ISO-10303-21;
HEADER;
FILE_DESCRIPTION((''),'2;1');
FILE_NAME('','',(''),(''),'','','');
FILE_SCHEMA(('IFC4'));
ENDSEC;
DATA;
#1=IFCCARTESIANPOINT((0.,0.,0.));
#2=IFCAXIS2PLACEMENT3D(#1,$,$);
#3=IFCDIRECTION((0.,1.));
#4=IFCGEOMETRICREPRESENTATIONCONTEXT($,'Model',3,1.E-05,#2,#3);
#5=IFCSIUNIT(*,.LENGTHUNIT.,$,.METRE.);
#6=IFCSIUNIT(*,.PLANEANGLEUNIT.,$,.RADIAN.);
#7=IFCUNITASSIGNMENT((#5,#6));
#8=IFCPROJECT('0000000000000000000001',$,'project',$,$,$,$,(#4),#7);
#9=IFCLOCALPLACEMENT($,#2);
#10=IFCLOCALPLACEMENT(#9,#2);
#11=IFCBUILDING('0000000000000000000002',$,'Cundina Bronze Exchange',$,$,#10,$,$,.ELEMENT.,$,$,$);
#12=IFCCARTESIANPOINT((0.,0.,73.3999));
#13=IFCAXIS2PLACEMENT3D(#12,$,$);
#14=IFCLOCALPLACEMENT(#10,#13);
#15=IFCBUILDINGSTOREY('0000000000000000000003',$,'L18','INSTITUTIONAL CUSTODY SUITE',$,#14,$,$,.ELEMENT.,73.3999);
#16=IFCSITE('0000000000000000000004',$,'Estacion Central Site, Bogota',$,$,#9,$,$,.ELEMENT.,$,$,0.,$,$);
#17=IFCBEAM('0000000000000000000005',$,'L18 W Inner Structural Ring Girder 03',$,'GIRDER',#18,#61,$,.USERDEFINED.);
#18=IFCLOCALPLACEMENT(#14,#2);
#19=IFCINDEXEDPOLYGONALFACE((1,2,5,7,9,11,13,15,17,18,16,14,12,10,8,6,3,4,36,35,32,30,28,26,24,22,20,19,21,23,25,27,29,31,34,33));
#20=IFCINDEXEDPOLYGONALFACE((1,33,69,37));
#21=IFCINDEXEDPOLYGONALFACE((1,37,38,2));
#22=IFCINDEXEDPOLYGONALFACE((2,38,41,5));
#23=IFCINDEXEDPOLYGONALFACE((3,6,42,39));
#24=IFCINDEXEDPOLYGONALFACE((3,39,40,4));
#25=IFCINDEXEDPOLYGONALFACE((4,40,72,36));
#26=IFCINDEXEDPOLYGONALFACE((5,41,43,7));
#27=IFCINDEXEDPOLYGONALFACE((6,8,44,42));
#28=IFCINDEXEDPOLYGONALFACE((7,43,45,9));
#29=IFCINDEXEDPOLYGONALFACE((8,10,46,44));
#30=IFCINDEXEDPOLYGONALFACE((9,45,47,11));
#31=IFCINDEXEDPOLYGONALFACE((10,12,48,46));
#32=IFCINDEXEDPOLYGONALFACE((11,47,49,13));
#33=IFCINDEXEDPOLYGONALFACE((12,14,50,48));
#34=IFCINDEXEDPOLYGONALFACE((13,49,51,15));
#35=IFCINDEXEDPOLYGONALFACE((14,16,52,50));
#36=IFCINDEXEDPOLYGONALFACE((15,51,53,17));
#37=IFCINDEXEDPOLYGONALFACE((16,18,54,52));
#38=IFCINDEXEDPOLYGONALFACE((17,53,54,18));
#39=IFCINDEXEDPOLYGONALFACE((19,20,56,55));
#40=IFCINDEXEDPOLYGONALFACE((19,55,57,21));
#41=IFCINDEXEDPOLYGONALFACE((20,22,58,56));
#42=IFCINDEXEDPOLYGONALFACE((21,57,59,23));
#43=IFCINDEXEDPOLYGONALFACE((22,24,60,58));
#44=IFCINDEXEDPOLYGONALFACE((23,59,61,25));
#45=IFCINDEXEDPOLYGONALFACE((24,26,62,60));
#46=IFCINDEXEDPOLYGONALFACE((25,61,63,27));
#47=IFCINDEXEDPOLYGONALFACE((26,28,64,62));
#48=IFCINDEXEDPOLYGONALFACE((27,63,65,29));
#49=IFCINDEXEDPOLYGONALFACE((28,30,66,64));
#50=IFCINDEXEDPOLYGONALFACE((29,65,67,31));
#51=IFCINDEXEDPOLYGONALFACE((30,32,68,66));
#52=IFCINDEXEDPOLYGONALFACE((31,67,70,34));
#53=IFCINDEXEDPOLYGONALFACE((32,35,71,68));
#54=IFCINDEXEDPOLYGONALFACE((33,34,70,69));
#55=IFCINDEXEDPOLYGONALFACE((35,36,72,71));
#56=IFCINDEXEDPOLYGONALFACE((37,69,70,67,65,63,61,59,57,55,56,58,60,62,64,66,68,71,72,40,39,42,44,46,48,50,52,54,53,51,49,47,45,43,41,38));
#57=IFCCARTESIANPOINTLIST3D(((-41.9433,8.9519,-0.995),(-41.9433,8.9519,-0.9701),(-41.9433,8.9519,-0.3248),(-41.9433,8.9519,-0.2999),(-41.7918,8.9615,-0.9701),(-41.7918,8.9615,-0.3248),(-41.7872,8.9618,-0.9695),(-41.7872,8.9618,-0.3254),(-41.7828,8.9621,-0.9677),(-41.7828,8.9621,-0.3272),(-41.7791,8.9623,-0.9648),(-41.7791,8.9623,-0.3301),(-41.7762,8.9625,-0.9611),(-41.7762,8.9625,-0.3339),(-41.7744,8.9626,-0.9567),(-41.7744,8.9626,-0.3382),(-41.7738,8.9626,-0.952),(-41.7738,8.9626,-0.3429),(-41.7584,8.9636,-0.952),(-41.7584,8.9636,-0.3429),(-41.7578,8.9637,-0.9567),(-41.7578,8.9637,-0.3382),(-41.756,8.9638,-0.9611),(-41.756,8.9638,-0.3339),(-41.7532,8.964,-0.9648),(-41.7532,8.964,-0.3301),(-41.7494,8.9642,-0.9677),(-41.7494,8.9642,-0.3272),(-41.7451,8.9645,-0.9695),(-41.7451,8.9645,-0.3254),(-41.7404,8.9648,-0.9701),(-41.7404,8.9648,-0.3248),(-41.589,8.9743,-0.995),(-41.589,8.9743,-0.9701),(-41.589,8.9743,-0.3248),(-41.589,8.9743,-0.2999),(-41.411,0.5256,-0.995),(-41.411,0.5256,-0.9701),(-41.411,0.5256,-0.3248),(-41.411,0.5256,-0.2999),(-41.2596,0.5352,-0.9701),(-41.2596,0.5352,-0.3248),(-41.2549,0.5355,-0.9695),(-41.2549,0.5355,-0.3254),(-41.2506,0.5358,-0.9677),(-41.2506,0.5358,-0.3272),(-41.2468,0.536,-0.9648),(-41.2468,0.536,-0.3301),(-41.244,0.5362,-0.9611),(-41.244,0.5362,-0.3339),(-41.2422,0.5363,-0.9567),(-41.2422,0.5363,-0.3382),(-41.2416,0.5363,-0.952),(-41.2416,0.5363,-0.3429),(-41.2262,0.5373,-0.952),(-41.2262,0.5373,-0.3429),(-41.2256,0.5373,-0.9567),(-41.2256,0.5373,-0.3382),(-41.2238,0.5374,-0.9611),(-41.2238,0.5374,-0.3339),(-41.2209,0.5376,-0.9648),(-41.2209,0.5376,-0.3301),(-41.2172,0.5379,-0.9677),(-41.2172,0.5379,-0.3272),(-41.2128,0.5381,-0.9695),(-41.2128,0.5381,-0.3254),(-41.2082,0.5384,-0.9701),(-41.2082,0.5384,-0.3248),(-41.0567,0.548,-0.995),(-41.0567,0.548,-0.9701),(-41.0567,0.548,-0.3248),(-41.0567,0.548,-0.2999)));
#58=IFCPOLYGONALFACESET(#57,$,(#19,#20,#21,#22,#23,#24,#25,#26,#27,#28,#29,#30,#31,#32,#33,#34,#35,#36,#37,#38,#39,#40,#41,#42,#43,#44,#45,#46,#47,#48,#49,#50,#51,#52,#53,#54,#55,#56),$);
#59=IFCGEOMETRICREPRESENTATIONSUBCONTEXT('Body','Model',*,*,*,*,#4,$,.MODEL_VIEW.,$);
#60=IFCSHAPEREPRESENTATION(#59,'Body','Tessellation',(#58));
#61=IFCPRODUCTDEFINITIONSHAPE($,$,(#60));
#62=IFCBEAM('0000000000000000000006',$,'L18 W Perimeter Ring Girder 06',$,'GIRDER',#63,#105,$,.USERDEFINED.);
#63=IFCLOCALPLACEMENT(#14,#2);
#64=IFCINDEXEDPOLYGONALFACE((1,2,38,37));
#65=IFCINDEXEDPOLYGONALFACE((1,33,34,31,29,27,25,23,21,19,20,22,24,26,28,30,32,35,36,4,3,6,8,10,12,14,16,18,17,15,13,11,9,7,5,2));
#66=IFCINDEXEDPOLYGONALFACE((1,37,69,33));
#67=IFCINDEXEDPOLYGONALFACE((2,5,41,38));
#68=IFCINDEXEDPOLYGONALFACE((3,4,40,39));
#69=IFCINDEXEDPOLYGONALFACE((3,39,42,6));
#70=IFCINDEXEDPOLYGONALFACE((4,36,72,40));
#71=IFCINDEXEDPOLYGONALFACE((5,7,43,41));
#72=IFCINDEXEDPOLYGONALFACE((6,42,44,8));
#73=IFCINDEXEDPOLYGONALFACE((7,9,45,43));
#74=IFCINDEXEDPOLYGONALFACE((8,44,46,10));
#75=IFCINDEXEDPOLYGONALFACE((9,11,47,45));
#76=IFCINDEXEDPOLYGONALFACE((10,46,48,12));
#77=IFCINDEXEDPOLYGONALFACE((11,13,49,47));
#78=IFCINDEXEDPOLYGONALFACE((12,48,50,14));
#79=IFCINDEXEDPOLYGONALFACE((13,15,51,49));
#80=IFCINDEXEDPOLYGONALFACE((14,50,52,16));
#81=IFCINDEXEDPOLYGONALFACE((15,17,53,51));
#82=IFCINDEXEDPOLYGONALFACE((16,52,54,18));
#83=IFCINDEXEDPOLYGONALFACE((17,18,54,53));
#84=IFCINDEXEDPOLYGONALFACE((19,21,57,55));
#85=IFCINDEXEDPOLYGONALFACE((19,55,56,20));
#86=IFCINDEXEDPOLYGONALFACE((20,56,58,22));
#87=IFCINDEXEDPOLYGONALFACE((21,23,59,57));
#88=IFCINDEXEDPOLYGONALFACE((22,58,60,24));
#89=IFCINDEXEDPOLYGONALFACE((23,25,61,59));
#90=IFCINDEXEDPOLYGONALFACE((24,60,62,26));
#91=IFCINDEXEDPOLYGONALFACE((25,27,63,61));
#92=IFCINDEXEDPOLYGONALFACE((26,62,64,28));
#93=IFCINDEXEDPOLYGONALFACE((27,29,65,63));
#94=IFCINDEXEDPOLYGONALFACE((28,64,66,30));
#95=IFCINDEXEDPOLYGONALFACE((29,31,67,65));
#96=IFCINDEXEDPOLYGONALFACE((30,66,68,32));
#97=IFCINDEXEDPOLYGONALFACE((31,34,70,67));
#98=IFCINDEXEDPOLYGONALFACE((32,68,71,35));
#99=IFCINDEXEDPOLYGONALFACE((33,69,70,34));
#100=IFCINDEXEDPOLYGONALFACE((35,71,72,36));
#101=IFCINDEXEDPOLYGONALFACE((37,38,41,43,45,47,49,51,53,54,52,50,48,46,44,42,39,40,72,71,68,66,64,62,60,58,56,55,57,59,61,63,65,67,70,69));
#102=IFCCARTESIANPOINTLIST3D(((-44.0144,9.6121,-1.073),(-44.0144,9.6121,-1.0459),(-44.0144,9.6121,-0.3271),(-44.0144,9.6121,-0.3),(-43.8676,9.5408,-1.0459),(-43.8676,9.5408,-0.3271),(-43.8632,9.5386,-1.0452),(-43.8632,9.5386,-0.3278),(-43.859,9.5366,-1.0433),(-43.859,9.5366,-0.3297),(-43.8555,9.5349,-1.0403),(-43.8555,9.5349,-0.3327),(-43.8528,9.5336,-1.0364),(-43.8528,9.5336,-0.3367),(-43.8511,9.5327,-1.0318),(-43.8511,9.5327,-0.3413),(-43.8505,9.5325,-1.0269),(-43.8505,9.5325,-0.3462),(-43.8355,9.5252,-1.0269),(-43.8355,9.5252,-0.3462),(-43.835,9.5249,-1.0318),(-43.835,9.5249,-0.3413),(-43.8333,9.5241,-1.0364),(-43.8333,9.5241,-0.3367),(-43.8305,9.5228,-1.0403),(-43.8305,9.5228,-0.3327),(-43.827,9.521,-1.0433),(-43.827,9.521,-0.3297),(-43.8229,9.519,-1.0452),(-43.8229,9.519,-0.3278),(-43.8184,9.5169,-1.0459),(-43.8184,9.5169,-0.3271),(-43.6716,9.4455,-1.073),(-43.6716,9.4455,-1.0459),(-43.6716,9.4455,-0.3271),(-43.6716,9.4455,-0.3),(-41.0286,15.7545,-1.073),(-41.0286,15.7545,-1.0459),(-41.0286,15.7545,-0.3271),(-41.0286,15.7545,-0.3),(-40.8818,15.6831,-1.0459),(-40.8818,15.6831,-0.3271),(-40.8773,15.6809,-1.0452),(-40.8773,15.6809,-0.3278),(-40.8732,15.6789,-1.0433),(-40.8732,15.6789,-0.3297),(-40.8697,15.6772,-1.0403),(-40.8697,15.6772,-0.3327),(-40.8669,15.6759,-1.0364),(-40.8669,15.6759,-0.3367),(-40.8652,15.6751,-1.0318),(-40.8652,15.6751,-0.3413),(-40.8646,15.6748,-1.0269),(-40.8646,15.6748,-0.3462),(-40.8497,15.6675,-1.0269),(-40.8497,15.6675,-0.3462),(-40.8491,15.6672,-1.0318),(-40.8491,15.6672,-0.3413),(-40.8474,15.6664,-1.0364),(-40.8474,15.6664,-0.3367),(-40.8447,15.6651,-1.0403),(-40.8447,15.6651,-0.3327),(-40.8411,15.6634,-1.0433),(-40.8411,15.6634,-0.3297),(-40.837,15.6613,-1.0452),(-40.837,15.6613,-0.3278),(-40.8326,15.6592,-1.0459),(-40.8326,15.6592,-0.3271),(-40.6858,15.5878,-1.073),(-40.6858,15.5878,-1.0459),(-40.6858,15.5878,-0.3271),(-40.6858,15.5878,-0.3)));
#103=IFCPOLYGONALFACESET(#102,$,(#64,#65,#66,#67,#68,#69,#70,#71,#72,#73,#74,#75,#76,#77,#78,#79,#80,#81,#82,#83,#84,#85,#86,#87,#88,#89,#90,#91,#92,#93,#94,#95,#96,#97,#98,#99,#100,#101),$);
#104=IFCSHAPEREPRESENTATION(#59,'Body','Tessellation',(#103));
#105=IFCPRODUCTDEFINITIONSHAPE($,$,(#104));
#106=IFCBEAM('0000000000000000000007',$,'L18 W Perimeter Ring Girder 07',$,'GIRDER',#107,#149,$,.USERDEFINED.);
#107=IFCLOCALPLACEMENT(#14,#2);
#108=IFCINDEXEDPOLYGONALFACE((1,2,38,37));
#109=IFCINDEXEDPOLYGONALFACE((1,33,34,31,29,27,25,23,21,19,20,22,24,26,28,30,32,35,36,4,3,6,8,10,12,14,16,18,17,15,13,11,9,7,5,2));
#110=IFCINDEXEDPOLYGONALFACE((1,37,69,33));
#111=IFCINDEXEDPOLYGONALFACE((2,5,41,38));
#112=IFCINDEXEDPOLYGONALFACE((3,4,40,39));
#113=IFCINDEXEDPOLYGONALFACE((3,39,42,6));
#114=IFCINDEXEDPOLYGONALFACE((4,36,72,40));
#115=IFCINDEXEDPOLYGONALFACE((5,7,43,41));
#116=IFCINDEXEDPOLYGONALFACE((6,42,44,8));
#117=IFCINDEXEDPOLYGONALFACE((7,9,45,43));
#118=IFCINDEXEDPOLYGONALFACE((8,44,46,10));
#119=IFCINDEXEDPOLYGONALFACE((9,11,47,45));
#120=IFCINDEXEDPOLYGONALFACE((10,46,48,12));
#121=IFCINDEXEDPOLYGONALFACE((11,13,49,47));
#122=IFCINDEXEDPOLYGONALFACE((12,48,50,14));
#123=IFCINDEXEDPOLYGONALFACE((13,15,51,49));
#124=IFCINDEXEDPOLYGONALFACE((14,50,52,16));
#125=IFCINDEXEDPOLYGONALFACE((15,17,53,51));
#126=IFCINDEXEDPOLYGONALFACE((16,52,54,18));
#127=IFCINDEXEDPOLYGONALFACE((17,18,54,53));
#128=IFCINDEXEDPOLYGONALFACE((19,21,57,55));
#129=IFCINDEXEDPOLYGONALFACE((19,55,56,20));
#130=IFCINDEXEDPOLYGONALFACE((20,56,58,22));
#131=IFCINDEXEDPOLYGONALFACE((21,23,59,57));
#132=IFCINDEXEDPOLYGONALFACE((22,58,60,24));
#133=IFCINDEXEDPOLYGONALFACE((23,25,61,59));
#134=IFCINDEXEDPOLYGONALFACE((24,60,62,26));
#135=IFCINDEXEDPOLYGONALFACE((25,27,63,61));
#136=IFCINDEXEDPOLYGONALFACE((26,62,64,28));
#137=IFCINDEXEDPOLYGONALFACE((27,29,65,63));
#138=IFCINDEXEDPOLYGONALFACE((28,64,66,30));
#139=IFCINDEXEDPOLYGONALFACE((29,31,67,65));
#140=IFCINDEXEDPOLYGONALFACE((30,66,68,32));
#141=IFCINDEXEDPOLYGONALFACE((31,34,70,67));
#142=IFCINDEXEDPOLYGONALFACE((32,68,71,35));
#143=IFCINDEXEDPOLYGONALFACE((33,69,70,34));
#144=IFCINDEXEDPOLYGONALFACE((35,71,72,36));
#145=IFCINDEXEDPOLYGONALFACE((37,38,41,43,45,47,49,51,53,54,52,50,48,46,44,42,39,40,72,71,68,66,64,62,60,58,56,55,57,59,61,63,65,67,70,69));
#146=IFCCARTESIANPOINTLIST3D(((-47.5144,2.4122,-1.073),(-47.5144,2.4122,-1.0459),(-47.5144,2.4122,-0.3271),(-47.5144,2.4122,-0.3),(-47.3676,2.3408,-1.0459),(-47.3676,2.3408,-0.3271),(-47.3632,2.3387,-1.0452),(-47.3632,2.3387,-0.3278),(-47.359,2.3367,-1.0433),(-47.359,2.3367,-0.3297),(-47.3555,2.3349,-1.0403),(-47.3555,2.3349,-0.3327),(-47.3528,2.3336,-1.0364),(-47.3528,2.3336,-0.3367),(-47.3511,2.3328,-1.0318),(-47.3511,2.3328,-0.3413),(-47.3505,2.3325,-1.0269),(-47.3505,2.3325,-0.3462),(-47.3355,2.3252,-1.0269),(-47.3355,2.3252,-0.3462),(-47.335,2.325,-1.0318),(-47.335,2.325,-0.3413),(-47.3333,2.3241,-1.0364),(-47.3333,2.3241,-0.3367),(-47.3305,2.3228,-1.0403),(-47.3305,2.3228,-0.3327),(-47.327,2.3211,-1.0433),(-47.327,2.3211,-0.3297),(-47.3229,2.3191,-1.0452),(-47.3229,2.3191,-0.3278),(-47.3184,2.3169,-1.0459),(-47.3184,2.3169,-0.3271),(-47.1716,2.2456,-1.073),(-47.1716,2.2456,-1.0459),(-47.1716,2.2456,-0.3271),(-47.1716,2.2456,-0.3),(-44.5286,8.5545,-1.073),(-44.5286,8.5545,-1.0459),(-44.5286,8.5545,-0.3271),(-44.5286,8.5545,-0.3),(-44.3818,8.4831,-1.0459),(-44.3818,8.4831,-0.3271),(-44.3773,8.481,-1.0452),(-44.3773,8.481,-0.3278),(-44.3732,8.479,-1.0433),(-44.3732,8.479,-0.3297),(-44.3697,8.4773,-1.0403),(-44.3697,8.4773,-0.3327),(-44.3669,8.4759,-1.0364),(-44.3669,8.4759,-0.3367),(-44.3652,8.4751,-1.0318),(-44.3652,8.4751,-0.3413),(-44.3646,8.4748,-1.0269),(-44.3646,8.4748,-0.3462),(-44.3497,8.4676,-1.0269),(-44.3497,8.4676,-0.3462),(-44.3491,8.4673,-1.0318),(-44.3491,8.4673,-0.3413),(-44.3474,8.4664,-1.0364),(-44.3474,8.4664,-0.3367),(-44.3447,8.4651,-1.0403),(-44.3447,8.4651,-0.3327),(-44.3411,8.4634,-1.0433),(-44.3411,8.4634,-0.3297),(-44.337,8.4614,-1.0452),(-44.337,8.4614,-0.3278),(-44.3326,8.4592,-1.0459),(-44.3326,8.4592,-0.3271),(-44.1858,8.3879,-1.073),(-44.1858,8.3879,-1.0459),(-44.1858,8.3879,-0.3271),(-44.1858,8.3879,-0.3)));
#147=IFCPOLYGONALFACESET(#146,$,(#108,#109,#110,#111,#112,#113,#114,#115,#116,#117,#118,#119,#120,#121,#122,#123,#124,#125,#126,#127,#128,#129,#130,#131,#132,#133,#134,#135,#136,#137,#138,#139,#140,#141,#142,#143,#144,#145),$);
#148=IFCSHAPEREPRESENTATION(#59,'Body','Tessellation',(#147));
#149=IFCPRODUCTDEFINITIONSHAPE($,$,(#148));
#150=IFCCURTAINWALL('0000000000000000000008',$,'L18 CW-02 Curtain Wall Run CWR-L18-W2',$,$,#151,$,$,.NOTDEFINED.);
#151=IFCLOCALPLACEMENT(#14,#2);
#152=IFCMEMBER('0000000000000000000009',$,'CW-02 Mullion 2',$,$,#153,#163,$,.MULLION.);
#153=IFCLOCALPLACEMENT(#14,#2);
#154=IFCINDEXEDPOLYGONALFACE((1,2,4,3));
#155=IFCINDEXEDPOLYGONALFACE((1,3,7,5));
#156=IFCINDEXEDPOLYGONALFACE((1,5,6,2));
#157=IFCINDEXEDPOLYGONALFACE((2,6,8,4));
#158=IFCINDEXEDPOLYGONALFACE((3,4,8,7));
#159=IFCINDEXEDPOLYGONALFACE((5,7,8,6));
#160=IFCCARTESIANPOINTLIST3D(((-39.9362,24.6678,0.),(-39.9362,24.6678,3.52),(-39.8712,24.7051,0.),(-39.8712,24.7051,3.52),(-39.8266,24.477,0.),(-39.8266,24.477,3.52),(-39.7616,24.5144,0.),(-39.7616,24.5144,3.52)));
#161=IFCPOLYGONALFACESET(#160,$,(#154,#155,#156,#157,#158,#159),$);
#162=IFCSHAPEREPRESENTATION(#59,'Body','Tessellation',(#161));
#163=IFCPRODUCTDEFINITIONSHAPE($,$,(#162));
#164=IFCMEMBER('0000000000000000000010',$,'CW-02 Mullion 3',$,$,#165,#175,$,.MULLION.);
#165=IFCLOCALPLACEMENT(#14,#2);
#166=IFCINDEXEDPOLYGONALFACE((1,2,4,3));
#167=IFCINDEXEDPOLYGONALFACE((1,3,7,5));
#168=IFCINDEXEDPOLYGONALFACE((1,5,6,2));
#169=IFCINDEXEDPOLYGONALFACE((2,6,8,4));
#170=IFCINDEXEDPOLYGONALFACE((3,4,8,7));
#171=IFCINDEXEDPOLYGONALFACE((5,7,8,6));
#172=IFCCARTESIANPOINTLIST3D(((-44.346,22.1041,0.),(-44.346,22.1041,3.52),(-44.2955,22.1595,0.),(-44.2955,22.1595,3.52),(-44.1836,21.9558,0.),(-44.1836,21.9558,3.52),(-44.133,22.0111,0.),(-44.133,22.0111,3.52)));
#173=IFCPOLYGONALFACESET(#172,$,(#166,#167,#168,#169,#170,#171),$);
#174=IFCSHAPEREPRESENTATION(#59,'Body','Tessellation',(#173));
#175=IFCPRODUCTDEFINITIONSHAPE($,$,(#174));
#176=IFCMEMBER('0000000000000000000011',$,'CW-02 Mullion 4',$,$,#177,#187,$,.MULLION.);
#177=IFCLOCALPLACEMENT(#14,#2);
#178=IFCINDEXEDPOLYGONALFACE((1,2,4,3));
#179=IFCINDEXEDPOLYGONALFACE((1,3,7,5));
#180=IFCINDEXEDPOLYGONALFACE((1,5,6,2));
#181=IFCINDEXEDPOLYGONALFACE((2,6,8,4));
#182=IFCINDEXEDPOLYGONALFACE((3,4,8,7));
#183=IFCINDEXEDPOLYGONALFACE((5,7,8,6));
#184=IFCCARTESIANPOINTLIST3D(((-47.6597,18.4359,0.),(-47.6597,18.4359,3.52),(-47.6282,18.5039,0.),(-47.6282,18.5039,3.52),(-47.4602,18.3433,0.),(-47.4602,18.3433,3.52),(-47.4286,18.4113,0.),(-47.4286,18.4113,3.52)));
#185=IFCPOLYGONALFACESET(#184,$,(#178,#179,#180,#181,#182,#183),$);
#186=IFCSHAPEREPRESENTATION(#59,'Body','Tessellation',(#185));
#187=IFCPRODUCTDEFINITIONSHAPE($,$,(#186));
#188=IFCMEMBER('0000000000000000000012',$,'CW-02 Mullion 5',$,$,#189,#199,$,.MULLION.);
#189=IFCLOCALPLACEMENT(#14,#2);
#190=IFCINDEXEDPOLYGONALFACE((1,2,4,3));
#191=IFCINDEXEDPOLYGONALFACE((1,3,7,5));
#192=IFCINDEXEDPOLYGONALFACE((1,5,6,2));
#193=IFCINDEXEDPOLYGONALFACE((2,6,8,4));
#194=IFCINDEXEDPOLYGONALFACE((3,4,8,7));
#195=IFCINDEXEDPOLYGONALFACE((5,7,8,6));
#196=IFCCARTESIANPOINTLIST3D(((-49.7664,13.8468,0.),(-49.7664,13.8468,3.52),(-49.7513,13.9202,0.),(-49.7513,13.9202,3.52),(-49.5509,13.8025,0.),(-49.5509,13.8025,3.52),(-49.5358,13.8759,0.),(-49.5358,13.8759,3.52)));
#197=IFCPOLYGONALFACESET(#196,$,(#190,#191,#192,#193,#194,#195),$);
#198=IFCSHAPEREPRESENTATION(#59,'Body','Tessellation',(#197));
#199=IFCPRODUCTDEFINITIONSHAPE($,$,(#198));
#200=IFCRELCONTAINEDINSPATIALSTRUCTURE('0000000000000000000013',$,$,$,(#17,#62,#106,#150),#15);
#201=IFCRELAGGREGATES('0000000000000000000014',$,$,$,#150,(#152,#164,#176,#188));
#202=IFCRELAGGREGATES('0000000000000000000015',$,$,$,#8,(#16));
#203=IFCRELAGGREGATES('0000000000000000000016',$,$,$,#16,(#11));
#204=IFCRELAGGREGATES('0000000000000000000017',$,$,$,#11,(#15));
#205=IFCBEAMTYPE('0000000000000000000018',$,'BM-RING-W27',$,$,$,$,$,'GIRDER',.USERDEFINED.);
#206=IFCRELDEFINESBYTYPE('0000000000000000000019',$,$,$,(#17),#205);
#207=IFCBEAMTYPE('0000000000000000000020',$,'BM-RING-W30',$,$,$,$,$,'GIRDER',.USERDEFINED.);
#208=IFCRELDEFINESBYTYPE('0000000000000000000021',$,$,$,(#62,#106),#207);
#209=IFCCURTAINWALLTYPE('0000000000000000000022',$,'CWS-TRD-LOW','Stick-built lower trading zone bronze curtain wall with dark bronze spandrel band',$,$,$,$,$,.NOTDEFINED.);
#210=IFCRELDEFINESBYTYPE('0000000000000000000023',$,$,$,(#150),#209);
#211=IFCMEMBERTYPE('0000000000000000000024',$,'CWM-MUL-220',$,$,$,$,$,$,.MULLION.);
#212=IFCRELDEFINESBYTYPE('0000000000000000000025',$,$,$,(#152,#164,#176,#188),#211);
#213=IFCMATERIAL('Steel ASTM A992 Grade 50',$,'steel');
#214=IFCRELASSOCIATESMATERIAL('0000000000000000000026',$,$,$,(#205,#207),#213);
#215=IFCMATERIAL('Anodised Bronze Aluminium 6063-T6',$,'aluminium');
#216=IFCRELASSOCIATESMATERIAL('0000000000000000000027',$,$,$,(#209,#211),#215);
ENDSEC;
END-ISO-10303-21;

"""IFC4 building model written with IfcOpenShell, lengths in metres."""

from ifc_helpers import new_model, si_unit, direction, frame, origin, origin_2d, place, context, subcontext, project, spatial, rectangle, i_section, extrude, material, material_profile, profile_set, type_object, element, aggregate, save


model = new_model("IFC4")

# Units and contexts
model_context = context("Model", 3, precision=1e-05, world=origin(), true_north=direction((0.0, 1.0)))
body_context = subcontext(model_context, "Body", "Model", "MODEL_VIEW")
ifc_project = project(units=[si_unit("LENGTHUNIT", "METRE"), si_unit("PLANEANGLEUNIT", "RADIAN")], contexts=[model_context])

# Site, building, storey
site_placement = place(None, origin())
site = spatial("IfcSite", under=ifc_project, at=site_placement, Name="Estacion Central Site, Bogota", CompositionType="ELEMENT", RefElevation=0.0)
building_placement = place(site_placement, origin())
building = spatial("IfcBuilding", under=site, at=building_placement, Name="Cundina Bronze Exchange", CompositionType="ELEMENT")
storey_placement = place(building_placement, frame((0.0, 0.0, 73.3999)))
storey = spatial("IfcBuildingStorey", under=building, at=storey_placement, Name="L18", Description="INSTITUTIONAL CUSTODY SUITE", CompositionType="ELEMENT", Elevation=73.3999)

# Beams
ifc_material_1 = material(Name="Steel ASTM A992 Grade 50", Category="steel")
ifc_material_profile_1 = material_profile(ifc_material_1, i_section(OverallWidth=0.355, OverallDepth=0.6951, WebThickness=0.0154, FlangeThickness=0.0249, FilletRadius=0.0181, at=origin_2d()), Name="W27X146", Category="steel")
ifc_profile_set_1 = profile_set([ifc_material_profile_1], Name="Steel ASTM A992 Grade 50")
beam_type_1 = type_object("IfcBeamType", Name="BM-RING-W27", ElementType="GIRDER", PredefinedType="USERDEFINED", material=ifc_profile_set_1)
beam_1_placement = place(storey_placement, frame((-41.7661, 8.9631, -0.6475), z_axis=(0.063037, -0.998011, 0.0), x_axis=(0.998011, 0.063037, 0.0)))
element("IfcBeam", 1, at=beam_1_placement, inside=storey, type_object=beam_type_1, Name="L18 W Inner Structural Ring Girder 03", ObjectType="GIRDER", PredefinedType="USERDEFINED", context=body_context, shape_type="SweptSolid", body=[
    extrude(i_section(OverallWidth=0.355, OverallDepth=0.6951, WebThickness=0.0154, FlangeThickness=0.0249, FilletRadius=0.0181, at=origin_2d()), origin(), (0.0, 0.0, 1.0), 8.4431),
])
ifc_material_profile_2 = material_profile(ifc_material_1, i_section(OverallWidth=0.3811, OverallDepth=0.7729, WebThickness=0.0166, FlangeThickness=0.0271, FilletRadius=0.019, at=origin_2d()), Name="W30X173", Category="steel")
ifc_profile_set_2 = profile_set([ifc_material_profile_2], Name="Steel ASTM A992 Grade 50")
beam_type_2 = type_object("IfcBeamType", Name="BM-RING-W30", ElementType="GIRDER", PredefinedType="USERDEFINED", material=ifc_profile_set_2)
for number, where, z_axis, x_axis, name in (
    (2, (-40.8572, 15.6711, -0.6865), (-0.437191, -0.899369, 0.0), (0.899369, -0.437191, 0.0), "L18 W Perimeter Ring Girder 06"),
    (3, (-44.3572, 8.4712, -0.6865), (-0.437191, -0.899369, 0.0), (0.899369, -0.437191, 0.0), "L18 W Perimeter Ring Girder 07"),
):
    element("IfcBeam", number, at=place(storey_placement, frame(where, z_axis=z_axis, x_axis=x_axis)), inside=storey, type_object=beam_type_2, Name=name, ObjectType="GIRDER", PredefinedType="USERDEFINED", context=body_context, shape_type="SweptSolid", body=[
        extrude(i_section(OverallWidth=0.3811, OverallDepth=0.7729, WebThickness=0.0166, FlangeThickness=0.0271, FilletRadius=0.019, at=origin_2d()), origin(), (0.0, 0.0, 1.0), 6.8296),
    ])

# Curtain wall, members
ifc_material_2 = material(Name="Anodised Bronze Aluminium 6063-T6", Category="aluminium")
curtain_wall_type = type_object("IfcCurtainWallType", Name="CWS-TRD-LOW", Description="Stick-built lower trading zone bronze curtain wall with dark bronze spandrel band", PredefinedType="NOTDEFINED", material=ifc_material_2)
curtain_wall_placement = place(storey_placement, origin())
curtain_wall = element("IfcCurtainWall", 4, at=curtain_wall_placement, inside=storey, type_object=curtain_wall_type, Name="L18 CW-02 Curtain Wall Run CWR-L18-W2", PredefinedType="NOTDEFINED")
ifc_material_profile_3 = material_profile(ifc_material_2, rectangle(XDim=0.075, YDim=0.22, at=origin_2d()), Name="AL75X220", Category="aluminium")
ifc_profile_set_3 = profile_set([ifc_material_profile_3], Name="Anodised Bronze Aluminium 6063-T6")
member_type_1 = type_object("IfcMemberType", Name="CWM-MUL-220", PredefinedType="MULLION", material=ifc_profile_set_3)
member_1_placement = place(storey_placement, frame((-39.8489, 24.5911, 0.0), z_axis=(0.0, 0.0, 1.0), x_axis=(-0.867071, -0.498185, 0.0)))
member_1 = element("IfcMember", 5, at=member_1_placement, type_object=member_type_1, Name="CW-02 Mullion 2", PredefinedType="MULLION", context=body_context, shape_type="SweptSolid", body=[
    extrude(rectangle(XDim=0.075, YDim=0.22, at=origin_2d()), origin(), (0.0, 0.0, 1.0), 3.52),
])
member_2_placement = place(storey_placement, frame((-44.2395, 22.0576, 0.0), z_axis=(0.0, 0.0, 1.0), x_axis=(-0.674302, -0.738455, 0.0)))
member_2 = element("IfcMember", 6, at=member_2_placement, type_object=member_type_1, Name="CW-02 Mullion 3", PredefinedType="MULLION", context=body_context, shape_type="SweptSolid", body=[
    extrude(rectangle(XDim=0.075, YDim=0.22, at=origin_2d()), origin(), (0.0, 0.0, 1.0), 3.52),
])
member_3_placement = place(storey_placement, frame((-47.5442, 18.4236, 0.0), z_axis=(0.0, 0.0, 1.0), x_axis=(-0.420877, -0.907117, 0.0)))
member_3 = element("IfcMember", 7, at=member_3_placement, type_object=member_type_1, Name="CW-02 Mullion 4", PredefinedType="MULLION", context=body_context, shape_type="SweptSolid", body=[
    extrude(rectangle(XDim=0.075, YDim=0.22, at=origin_2d()), origin(), (0.0, 0.0, 1.0), 3.52),
])
member_4_placement = place(storey_placement, frame((-49.6511, 13.8613, 0.0), z_axis=(0.0, 0.0, 1.0), x_axis=(-0.20142, -0.979505, 0.0)))
member_4 = element("IfcMember", 8, at=member_4_placement, type_object=member_type_1, Name="CW-02 Mullion 5", PredefinedType="MULLION", context=body_context, shape_type="SweptSolid", body=[
    extrude(rectangle(XDim=0.075, YDim=0.22, at=origin_2d()), origin(), (0.0, 0.0, 1.0), 3.52),
])
aggregate(curtain_wall, [member_1, member_2, member_3, member_4])

save(model, "model.ifc")
